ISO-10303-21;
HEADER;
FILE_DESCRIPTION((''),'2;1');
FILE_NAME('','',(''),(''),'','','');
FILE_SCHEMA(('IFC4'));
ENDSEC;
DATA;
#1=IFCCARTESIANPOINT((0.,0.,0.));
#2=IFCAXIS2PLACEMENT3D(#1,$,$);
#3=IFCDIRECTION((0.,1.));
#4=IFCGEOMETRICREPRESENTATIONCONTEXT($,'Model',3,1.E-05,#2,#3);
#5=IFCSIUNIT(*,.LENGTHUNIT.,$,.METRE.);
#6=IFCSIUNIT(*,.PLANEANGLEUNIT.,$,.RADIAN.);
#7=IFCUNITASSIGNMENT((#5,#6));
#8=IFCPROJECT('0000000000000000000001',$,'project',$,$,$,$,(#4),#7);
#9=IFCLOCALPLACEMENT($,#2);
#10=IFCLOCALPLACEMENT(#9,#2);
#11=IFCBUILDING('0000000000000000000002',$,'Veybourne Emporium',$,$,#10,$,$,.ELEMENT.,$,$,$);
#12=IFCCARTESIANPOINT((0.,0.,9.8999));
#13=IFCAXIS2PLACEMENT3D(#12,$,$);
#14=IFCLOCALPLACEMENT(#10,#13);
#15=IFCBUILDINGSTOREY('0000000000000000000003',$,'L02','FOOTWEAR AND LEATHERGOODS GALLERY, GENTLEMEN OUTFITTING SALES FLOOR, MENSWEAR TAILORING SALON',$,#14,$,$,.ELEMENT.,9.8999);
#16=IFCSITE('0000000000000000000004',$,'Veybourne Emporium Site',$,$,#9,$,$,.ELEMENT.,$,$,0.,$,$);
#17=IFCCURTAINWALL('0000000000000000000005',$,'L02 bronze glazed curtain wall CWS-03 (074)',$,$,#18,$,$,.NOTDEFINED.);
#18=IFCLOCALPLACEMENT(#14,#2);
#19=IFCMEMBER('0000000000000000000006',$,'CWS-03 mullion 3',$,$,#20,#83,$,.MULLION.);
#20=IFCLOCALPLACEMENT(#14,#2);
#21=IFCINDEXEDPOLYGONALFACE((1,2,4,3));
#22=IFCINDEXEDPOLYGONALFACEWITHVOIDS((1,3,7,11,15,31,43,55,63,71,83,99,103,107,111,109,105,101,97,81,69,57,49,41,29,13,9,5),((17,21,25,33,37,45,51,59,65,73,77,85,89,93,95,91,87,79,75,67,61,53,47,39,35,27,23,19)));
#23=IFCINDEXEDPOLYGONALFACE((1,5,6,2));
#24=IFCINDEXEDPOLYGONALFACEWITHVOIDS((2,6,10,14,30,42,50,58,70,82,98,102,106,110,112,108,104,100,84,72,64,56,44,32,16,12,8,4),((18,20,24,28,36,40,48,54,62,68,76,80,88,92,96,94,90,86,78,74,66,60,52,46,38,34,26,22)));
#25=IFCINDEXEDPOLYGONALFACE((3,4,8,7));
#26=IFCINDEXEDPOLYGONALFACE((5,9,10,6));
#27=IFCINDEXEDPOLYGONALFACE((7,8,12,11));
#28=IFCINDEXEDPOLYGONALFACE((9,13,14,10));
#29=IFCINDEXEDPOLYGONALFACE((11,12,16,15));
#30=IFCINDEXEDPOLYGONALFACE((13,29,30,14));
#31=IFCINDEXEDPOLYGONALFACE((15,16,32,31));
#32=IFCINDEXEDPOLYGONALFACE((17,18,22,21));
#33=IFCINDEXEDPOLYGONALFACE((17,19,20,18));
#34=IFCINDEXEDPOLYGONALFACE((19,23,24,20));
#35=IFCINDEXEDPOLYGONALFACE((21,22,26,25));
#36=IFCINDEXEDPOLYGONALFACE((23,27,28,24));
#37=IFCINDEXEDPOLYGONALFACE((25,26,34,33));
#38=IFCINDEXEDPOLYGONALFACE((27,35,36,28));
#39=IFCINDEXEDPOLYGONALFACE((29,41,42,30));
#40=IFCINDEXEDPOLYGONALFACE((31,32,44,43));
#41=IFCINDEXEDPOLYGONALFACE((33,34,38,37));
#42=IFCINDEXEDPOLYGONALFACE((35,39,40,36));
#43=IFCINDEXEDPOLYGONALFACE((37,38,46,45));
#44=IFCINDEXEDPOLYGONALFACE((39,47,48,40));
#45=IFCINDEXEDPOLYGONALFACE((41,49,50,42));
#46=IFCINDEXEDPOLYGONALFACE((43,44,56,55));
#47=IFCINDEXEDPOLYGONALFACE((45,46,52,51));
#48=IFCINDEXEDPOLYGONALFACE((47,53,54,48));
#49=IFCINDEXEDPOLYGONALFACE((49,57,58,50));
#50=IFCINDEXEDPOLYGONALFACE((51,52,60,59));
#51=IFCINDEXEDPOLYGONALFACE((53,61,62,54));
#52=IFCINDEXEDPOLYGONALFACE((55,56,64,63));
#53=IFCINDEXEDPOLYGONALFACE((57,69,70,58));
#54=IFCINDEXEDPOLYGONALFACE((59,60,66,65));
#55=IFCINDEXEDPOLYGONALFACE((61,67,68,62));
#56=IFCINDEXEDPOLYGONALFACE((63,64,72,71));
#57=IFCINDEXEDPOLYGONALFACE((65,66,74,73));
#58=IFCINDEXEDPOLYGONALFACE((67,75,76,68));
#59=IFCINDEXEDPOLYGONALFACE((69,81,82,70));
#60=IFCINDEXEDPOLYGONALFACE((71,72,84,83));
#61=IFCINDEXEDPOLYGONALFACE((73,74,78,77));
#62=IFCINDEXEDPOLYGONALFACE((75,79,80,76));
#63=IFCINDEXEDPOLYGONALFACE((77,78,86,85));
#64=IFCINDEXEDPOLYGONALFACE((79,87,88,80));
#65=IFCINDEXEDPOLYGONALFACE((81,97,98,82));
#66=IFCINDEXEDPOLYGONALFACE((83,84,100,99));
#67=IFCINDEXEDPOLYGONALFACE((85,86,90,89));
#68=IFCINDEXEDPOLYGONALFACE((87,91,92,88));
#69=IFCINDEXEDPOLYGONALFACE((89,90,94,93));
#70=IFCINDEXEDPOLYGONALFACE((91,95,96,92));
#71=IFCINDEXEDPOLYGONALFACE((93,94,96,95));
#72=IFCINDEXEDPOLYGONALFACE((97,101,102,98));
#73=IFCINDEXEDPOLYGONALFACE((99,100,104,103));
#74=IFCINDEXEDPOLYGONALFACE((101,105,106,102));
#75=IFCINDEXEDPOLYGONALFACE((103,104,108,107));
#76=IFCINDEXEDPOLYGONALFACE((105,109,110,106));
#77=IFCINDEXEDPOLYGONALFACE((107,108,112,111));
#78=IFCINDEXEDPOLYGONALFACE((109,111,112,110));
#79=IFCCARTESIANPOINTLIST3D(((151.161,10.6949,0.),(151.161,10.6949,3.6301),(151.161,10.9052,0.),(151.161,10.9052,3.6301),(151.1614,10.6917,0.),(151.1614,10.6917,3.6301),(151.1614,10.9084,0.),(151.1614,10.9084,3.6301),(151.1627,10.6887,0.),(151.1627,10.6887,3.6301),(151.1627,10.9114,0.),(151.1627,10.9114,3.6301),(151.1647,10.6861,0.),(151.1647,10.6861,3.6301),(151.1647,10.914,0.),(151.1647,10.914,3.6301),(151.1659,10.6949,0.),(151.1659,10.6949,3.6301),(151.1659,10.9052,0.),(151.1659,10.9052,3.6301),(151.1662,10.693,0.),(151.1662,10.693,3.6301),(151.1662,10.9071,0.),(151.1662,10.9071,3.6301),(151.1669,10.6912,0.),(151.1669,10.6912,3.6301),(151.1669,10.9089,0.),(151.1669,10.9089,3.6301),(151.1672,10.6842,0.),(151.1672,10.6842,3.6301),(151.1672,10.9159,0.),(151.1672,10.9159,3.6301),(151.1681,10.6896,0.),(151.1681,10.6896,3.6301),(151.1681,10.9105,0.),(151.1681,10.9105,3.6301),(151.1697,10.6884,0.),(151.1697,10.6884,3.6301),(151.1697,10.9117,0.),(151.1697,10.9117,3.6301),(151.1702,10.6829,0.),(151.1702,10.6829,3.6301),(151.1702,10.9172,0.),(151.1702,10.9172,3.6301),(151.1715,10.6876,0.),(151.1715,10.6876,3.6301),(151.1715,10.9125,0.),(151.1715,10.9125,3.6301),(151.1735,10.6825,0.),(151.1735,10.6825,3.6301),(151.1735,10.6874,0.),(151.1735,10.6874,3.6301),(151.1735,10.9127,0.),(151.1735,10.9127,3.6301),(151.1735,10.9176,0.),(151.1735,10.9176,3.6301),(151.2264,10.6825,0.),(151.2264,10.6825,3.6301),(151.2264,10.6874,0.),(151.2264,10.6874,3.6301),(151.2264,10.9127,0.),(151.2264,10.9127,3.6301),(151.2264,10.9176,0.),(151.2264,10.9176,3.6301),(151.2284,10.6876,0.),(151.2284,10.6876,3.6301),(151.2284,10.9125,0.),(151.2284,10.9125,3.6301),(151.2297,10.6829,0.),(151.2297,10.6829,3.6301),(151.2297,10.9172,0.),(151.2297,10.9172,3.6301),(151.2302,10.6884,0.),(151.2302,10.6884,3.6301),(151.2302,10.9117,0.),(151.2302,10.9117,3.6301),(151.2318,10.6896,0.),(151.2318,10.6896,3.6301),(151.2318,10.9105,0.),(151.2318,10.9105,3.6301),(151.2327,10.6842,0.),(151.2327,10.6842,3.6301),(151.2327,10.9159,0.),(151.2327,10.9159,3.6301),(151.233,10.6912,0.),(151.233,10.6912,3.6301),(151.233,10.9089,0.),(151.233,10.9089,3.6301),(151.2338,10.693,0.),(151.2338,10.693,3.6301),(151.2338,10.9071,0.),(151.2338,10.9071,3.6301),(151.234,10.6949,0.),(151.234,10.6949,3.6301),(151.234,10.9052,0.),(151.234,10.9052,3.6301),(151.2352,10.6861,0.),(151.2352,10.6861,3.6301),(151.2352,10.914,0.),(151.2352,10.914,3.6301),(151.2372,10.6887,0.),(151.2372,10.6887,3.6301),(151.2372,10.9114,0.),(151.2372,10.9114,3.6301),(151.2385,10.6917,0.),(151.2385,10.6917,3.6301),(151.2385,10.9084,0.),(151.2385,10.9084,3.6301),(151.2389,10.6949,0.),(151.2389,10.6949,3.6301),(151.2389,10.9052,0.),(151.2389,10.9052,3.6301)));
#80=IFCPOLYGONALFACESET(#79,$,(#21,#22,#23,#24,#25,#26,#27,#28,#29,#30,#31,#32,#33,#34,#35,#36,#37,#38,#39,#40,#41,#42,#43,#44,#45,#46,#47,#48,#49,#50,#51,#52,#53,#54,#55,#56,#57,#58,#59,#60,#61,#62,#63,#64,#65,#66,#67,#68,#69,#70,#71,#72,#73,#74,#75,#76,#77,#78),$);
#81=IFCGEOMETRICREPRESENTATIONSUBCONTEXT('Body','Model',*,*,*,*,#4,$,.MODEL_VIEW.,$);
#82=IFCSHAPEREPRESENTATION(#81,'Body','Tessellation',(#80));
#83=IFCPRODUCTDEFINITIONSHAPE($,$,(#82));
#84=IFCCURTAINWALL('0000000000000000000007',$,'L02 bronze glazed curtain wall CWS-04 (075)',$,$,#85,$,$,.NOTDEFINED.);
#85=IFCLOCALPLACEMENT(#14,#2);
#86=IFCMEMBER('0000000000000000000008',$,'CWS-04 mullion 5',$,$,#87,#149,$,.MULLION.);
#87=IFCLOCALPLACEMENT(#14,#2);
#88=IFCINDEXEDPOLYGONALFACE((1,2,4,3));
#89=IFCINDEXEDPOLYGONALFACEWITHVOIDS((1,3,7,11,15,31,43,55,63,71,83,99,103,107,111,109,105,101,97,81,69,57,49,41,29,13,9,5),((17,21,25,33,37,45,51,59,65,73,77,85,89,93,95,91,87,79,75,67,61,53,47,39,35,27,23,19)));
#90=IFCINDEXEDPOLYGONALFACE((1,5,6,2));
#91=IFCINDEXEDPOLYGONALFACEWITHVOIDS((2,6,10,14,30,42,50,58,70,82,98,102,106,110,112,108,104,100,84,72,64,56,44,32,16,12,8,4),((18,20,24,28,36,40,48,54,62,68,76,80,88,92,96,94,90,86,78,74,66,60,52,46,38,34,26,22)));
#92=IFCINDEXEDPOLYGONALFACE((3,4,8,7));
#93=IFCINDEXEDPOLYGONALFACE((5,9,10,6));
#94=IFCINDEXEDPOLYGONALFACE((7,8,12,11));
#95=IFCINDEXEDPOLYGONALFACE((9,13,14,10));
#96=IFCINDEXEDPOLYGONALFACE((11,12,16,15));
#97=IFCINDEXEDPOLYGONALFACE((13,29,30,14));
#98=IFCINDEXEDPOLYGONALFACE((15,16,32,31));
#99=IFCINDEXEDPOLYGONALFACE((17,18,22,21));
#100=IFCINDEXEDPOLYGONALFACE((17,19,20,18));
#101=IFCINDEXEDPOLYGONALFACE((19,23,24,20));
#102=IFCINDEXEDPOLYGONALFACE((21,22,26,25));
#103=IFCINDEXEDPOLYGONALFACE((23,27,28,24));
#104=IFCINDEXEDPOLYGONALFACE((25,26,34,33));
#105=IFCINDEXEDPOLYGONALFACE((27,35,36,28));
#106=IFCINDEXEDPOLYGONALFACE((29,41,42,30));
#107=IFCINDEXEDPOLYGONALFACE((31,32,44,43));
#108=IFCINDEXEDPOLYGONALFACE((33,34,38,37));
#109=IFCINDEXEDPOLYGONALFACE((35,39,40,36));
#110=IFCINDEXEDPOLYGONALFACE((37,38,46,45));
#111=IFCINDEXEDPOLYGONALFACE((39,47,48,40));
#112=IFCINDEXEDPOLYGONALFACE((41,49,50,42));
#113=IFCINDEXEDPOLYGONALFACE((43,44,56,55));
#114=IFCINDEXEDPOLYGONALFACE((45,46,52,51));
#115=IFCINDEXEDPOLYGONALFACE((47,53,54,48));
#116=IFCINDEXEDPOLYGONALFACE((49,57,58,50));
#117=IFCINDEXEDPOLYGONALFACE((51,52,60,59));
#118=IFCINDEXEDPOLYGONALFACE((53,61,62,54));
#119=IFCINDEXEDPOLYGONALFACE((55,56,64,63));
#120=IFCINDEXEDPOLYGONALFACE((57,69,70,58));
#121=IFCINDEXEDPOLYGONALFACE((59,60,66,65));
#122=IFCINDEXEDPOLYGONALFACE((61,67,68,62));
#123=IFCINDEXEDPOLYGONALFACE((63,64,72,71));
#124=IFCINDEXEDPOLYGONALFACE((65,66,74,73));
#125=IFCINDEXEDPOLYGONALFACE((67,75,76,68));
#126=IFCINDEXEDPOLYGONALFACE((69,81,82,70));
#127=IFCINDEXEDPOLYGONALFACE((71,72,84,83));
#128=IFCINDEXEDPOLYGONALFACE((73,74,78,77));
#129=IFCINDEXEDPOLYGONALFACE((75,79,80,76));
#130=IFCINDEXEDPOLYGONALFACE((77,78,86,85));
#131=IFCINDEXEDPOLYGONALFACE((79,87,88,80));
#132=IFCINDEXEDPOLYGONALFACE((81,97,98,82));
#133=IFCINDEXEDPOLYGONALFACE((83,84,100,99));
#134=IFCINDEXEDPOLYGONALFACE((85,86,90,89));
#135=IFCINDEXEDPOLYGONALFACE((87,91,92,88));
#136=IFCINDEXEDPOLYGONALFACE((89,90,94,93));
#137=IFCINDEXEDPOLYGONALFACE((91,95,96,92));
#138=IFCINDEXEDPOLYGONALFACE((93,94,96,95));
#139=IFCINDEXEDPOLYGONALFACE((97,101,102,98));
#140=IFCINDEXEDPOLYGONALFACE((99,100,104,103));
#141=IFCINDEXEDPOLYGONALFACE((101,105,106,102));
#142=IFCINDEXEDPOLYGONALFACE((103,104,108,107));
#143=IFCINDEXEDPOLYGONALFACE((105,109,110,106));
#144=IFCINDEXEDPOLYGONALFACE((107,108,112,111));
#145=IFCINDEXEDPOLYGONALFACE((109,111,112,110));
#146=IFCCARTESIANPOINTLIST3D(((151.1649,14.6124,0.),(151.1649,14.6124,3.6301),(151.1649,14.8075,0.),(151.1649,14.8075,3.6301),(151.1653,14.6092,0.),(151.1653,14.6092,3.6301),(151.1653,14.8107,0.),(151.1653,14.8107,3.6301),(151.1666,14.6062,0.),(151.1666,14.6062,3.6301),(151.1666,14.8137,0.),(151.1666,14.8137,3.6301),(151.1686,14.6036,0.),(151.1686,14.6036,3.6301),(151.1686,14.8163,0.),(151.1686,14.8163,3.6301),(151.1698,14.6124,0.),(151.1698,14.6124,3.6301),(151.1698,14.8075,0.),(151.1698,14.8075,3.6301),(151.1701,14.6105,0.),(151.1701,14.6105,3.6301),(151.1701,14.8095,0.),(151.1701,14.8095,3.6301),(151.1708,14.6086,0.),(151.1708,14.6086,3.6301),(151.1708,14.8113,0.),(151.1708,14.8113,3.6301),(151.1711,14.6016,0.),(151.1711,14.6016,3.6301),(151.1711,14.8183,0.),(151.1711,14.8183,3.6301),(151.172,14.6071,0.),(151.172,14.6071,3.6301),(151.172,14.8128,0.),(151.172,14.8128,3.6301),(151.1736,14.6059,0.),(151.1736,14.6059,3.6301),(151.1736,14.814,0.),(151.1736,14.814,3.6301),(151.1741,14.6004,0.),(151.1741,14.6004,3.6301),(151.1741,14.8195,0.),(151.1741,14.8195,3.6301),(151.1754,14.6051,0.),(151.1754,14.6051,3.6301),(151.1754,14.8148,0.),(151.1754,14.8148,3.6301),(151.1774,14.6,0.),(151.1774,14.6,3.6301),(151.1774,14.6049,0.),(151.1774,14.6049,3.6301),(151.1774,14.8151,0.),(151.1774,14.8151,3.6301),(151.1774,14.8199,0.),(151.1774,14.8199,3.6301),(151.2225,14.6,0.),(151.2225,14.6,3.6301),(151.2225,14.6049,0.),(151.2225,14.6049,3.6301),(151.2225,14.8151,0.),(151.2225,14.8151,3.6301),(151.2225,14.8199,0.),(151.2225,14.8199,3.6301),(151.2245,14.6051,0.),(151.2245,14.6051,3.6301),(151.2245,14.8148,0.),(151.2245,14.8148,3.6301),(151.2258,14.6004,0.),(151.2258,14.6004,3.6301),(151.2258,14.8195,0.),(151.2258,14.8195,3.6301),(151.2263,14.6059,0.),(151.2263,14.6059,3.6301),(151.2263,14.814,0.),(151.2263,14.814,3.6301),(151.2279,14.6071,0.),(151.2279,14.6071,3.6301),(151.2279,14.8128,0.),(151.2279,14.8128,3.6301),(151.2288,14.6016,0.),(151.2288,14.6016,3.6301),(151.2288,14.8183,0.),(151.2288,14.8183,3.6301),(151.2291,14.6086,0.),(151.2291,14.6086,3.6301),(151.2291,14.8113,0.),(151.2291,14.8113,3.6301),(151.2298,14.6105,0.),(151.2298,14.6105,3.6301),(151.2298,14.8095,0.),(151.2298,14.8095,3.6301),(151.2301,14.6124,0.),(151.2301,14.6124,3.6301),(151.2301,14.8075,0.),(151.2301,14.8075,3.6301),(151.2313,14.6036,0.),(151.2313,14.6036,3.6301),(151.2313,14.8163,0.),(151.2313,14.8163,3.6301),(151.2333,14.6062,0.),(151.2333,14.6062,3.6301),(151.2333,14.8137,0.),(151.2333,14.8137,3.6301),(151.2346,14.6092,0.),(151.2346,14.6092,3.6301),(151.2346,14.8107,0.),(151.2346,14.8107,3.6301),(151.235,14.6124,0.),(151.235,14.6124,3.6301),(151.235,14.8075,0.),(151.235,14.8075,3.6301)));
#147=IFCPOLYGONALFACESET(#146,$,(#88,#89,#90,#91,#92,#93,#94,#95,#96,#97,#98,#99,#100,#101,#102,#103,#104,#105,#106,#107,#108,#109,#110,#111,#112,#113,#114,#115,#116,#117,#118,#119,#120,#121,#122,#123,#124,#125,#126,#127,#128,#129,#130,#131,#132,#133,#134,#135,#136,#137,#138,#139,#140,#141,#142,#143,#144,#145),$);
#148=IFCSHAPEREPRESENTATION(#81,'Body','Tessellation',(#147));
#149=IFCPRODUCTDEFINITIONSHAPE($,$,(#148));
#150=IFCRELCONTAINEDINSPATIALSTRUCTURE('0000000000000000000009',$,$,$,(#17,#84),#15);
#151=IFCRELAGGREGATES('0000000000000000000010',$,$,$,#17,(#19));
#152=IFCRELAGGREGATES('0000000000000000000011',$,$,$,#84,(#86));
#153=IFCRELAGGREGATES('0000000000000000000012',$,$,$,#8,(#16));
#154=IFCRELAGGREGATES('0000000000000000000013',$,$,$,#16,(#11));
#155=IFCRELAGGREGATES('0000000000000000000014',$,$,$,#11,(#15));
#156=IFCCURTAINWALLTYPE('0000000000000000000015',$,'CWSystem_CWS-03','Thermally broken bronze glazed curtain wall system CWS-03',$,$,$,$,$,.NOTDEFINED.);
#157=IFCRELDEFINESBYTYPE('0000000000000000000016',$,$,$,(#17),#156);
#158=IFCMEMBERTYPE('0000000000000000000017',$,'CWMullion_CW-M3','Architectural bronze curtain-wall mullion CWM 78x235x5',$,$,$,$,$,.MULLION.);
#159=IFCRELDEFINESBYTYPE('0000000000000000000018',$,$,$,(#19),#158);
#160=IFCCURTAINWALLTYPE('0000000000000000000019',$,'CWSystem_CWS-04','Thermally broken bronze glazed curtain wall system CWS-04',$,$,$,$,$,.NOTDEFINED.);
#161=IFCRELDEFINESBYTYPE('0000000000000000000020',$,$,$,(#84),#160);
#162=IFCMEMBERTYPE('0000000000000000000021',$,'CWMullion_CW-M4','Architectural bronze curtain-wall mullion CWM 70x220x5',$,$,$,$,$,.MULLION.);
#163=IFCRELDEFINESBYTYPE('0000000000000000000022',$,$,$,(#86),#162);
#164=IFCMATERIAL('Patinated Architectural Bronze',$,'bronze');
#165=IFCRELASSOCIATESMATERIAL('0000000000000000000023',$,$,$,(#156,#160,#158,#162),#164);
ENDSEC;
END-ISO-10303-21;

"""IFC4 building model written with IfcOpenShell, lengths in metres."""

from ifc_helpers import new_model, si_unit, direction, frame, origin, origin_2d, place, context, subcontext, project, spatial, hollow_rectangle, extrude, material, material_profile, profile_set, type_object, element, aggregate, save


model = new_model("IFC4")

# Units and contexts
model_context = context("Model", 3, precision=1e-05, world=origin(), true_north=direction((0.0, 1.0)))
body_context = subcontext(model_context, "Body", "Model", "MODEL_VIEW")
ifc_project = project(units=[si_unit("LENGTHUNIT", "METRE"), si_unit("PLANEANGLEUNIT", "RADIAN")], contexts=[model_context])

# Site, building, storey
site_placement = place(None, origin())
site = spatial("IfcSite", under=ifc_project, at=site_placement, Name="Veybourne Emporium Site", CompositionType="ELEMENT", RefElevation=0.0)
building_placement = place(site_placement, origin())
building = spatial("IfcBuilding", under=site, at=building_placement, Name="Veybourne Emporium", CompositionType="ELEMENT")
storey_placement = place(building_placement, frame((0.0, 0.0, 9.8999)))
storey = spatial("IfcBuildingStorey", under=building, at=storey_placement, Name="L02", Description="FOOTWEAR AND LEATHERGOODS GALLERY, GENTLEMEN OUTFITTING SALES FLOOR, MENSWEAR TAILORING SALON", CompositionType="ELEMENT", Elevation=9.8999)

# Curtain wall, member
ifc_material_1 = material(Name="Patinated Architectural Bronze", Category="bronze")
curtain_wall_type_1 = type_object("IfcCurtainWallType", Name="CWSystem_CWS-03", Description="Thermally broken bronze glazed curtain wall system CWS-03", PredefinedType="NOTDEFINED", material=ifc_material_1)
curtain_wall_1_placement = place(storey_placement, origin())
curtain_wall_1 = element("IfcCurtainWall", 1, at=curtain_wall_1_placement, inside=storey, type_object=curtain_wall_type_1, Name="L02 bronze glazed curtain wall CWS-03 (074)", PredefinedType="NOTDEFINED")
ifc_material_profile_1 = material_profile(ifc_material_1, hollow_rectangle(XDim=0.0779, YDim=0.2351, WallThickness=0.0049, InnerFilletRadius=0.0076, OuterFilletRadius=0.0125, at=origin_2d()), Name="CWM 78x235x5")
ifc_profile_set_1 = profile_set([ifc_material_profile_1], Name="Patinated Architectural Bronze")
member_type_1 = type_object("IfcMemberType", Name="CWMullion_CW-M3", Description="Architectural bronze curtain-wall mullion CWM 78x235x5", PredefinedType="MULLION", material=ifc_profile_set_1)
member_1_placement = place(storey_placement, frame((151.2, 10.8, 0.0), z_axis=(0.0, 0.0, 1.0), x_axis=(1.0, 0.0, 0.0)))
member_1 = element("IfcMember", 2, at=member_1_placement, type_object=member_type_1, Name="CWS-03 mullion 3", PredefinedType="MULLION", context=body_context, shape_type="SweptSolid", body=[
    extrude(hollow_rectangle(XDim=0.0779, YDim=0.2351, WallThickness=0.0049, InnerFilletRadius=0.0076, OuterFilletRadius=0.0125, at=origin_2d()), origin(), (0.0, 0.0, 1.0), 3.6301),
])

# Curtain wall, member
curtain_wall_type_2 = type_object("IfcCurtainWallType", Name="CWSystem_CWS-04", Description="Thermally broken bronze glazed curtain wall system CWS-04", PredefinedType="NOTDEFINED", material=ifc_material_1)
curtain_wall_2_placement = place(storey_placement, origin())
curtain_wall_2 = element("IfcCurtainWall", 3, at=curtain_wall_2_placement, inside=storey, type_object=curtain_wall_type_2, Name="L02 bronze glazed curtain wall CWS-04 (075)", PredefinedType="NOTDEFINED")
ifc_material_profile_2 = material_profile(ifc_material_1, hollow_rectangle(XDim=0.0701, YDim=0.22, WallThickness=0.0049, InnerFilletRadius=0.0076, OuterFilletRadius=0.0125, at=origin_2d()), Name="CWM 70x220x5")
ifc_profile_set_2 = profile_set([ifc_material_profile_2], Name="Patinated Architectural Bronze")
member_type_2 = type_object("IfcMemberType", Name="CWMullion_CW-M4", Description="Architectural bronze curtain-wall mullion CWM 70x220x5", PredefinedType="MULLION", material=ifc_profile_set_2)
member_2_placement = place(storey_placement, frame((151.2, 14.71, 0.0), z_axis=(0.0, 0.0, 1.0), x_axis=(1.0, 0.0, 0.0)))
member_2 = element("IfcMember", 4, at=member_2_placement, type_object=member_type_2, Name="CWS-04 mullion 5", PredefinedType="MULLION", context=body_context, shape_type="SweptSolid", body=[
    extrude(hollow_rectangle(XDim=0.0701, YDim=0.22, WallThickness=0.0049, InnerFilletRadius=0.0076, OuterFilletRadius=0.0125, at=origin_2d()), origin(), (0.0, 0.0, 1.0), 3.6301),
])

aggregate(curtain_wall_1, [member_1])
aggregate(curtain_wall_2, [member_2])

save(model, "model.ifc")
